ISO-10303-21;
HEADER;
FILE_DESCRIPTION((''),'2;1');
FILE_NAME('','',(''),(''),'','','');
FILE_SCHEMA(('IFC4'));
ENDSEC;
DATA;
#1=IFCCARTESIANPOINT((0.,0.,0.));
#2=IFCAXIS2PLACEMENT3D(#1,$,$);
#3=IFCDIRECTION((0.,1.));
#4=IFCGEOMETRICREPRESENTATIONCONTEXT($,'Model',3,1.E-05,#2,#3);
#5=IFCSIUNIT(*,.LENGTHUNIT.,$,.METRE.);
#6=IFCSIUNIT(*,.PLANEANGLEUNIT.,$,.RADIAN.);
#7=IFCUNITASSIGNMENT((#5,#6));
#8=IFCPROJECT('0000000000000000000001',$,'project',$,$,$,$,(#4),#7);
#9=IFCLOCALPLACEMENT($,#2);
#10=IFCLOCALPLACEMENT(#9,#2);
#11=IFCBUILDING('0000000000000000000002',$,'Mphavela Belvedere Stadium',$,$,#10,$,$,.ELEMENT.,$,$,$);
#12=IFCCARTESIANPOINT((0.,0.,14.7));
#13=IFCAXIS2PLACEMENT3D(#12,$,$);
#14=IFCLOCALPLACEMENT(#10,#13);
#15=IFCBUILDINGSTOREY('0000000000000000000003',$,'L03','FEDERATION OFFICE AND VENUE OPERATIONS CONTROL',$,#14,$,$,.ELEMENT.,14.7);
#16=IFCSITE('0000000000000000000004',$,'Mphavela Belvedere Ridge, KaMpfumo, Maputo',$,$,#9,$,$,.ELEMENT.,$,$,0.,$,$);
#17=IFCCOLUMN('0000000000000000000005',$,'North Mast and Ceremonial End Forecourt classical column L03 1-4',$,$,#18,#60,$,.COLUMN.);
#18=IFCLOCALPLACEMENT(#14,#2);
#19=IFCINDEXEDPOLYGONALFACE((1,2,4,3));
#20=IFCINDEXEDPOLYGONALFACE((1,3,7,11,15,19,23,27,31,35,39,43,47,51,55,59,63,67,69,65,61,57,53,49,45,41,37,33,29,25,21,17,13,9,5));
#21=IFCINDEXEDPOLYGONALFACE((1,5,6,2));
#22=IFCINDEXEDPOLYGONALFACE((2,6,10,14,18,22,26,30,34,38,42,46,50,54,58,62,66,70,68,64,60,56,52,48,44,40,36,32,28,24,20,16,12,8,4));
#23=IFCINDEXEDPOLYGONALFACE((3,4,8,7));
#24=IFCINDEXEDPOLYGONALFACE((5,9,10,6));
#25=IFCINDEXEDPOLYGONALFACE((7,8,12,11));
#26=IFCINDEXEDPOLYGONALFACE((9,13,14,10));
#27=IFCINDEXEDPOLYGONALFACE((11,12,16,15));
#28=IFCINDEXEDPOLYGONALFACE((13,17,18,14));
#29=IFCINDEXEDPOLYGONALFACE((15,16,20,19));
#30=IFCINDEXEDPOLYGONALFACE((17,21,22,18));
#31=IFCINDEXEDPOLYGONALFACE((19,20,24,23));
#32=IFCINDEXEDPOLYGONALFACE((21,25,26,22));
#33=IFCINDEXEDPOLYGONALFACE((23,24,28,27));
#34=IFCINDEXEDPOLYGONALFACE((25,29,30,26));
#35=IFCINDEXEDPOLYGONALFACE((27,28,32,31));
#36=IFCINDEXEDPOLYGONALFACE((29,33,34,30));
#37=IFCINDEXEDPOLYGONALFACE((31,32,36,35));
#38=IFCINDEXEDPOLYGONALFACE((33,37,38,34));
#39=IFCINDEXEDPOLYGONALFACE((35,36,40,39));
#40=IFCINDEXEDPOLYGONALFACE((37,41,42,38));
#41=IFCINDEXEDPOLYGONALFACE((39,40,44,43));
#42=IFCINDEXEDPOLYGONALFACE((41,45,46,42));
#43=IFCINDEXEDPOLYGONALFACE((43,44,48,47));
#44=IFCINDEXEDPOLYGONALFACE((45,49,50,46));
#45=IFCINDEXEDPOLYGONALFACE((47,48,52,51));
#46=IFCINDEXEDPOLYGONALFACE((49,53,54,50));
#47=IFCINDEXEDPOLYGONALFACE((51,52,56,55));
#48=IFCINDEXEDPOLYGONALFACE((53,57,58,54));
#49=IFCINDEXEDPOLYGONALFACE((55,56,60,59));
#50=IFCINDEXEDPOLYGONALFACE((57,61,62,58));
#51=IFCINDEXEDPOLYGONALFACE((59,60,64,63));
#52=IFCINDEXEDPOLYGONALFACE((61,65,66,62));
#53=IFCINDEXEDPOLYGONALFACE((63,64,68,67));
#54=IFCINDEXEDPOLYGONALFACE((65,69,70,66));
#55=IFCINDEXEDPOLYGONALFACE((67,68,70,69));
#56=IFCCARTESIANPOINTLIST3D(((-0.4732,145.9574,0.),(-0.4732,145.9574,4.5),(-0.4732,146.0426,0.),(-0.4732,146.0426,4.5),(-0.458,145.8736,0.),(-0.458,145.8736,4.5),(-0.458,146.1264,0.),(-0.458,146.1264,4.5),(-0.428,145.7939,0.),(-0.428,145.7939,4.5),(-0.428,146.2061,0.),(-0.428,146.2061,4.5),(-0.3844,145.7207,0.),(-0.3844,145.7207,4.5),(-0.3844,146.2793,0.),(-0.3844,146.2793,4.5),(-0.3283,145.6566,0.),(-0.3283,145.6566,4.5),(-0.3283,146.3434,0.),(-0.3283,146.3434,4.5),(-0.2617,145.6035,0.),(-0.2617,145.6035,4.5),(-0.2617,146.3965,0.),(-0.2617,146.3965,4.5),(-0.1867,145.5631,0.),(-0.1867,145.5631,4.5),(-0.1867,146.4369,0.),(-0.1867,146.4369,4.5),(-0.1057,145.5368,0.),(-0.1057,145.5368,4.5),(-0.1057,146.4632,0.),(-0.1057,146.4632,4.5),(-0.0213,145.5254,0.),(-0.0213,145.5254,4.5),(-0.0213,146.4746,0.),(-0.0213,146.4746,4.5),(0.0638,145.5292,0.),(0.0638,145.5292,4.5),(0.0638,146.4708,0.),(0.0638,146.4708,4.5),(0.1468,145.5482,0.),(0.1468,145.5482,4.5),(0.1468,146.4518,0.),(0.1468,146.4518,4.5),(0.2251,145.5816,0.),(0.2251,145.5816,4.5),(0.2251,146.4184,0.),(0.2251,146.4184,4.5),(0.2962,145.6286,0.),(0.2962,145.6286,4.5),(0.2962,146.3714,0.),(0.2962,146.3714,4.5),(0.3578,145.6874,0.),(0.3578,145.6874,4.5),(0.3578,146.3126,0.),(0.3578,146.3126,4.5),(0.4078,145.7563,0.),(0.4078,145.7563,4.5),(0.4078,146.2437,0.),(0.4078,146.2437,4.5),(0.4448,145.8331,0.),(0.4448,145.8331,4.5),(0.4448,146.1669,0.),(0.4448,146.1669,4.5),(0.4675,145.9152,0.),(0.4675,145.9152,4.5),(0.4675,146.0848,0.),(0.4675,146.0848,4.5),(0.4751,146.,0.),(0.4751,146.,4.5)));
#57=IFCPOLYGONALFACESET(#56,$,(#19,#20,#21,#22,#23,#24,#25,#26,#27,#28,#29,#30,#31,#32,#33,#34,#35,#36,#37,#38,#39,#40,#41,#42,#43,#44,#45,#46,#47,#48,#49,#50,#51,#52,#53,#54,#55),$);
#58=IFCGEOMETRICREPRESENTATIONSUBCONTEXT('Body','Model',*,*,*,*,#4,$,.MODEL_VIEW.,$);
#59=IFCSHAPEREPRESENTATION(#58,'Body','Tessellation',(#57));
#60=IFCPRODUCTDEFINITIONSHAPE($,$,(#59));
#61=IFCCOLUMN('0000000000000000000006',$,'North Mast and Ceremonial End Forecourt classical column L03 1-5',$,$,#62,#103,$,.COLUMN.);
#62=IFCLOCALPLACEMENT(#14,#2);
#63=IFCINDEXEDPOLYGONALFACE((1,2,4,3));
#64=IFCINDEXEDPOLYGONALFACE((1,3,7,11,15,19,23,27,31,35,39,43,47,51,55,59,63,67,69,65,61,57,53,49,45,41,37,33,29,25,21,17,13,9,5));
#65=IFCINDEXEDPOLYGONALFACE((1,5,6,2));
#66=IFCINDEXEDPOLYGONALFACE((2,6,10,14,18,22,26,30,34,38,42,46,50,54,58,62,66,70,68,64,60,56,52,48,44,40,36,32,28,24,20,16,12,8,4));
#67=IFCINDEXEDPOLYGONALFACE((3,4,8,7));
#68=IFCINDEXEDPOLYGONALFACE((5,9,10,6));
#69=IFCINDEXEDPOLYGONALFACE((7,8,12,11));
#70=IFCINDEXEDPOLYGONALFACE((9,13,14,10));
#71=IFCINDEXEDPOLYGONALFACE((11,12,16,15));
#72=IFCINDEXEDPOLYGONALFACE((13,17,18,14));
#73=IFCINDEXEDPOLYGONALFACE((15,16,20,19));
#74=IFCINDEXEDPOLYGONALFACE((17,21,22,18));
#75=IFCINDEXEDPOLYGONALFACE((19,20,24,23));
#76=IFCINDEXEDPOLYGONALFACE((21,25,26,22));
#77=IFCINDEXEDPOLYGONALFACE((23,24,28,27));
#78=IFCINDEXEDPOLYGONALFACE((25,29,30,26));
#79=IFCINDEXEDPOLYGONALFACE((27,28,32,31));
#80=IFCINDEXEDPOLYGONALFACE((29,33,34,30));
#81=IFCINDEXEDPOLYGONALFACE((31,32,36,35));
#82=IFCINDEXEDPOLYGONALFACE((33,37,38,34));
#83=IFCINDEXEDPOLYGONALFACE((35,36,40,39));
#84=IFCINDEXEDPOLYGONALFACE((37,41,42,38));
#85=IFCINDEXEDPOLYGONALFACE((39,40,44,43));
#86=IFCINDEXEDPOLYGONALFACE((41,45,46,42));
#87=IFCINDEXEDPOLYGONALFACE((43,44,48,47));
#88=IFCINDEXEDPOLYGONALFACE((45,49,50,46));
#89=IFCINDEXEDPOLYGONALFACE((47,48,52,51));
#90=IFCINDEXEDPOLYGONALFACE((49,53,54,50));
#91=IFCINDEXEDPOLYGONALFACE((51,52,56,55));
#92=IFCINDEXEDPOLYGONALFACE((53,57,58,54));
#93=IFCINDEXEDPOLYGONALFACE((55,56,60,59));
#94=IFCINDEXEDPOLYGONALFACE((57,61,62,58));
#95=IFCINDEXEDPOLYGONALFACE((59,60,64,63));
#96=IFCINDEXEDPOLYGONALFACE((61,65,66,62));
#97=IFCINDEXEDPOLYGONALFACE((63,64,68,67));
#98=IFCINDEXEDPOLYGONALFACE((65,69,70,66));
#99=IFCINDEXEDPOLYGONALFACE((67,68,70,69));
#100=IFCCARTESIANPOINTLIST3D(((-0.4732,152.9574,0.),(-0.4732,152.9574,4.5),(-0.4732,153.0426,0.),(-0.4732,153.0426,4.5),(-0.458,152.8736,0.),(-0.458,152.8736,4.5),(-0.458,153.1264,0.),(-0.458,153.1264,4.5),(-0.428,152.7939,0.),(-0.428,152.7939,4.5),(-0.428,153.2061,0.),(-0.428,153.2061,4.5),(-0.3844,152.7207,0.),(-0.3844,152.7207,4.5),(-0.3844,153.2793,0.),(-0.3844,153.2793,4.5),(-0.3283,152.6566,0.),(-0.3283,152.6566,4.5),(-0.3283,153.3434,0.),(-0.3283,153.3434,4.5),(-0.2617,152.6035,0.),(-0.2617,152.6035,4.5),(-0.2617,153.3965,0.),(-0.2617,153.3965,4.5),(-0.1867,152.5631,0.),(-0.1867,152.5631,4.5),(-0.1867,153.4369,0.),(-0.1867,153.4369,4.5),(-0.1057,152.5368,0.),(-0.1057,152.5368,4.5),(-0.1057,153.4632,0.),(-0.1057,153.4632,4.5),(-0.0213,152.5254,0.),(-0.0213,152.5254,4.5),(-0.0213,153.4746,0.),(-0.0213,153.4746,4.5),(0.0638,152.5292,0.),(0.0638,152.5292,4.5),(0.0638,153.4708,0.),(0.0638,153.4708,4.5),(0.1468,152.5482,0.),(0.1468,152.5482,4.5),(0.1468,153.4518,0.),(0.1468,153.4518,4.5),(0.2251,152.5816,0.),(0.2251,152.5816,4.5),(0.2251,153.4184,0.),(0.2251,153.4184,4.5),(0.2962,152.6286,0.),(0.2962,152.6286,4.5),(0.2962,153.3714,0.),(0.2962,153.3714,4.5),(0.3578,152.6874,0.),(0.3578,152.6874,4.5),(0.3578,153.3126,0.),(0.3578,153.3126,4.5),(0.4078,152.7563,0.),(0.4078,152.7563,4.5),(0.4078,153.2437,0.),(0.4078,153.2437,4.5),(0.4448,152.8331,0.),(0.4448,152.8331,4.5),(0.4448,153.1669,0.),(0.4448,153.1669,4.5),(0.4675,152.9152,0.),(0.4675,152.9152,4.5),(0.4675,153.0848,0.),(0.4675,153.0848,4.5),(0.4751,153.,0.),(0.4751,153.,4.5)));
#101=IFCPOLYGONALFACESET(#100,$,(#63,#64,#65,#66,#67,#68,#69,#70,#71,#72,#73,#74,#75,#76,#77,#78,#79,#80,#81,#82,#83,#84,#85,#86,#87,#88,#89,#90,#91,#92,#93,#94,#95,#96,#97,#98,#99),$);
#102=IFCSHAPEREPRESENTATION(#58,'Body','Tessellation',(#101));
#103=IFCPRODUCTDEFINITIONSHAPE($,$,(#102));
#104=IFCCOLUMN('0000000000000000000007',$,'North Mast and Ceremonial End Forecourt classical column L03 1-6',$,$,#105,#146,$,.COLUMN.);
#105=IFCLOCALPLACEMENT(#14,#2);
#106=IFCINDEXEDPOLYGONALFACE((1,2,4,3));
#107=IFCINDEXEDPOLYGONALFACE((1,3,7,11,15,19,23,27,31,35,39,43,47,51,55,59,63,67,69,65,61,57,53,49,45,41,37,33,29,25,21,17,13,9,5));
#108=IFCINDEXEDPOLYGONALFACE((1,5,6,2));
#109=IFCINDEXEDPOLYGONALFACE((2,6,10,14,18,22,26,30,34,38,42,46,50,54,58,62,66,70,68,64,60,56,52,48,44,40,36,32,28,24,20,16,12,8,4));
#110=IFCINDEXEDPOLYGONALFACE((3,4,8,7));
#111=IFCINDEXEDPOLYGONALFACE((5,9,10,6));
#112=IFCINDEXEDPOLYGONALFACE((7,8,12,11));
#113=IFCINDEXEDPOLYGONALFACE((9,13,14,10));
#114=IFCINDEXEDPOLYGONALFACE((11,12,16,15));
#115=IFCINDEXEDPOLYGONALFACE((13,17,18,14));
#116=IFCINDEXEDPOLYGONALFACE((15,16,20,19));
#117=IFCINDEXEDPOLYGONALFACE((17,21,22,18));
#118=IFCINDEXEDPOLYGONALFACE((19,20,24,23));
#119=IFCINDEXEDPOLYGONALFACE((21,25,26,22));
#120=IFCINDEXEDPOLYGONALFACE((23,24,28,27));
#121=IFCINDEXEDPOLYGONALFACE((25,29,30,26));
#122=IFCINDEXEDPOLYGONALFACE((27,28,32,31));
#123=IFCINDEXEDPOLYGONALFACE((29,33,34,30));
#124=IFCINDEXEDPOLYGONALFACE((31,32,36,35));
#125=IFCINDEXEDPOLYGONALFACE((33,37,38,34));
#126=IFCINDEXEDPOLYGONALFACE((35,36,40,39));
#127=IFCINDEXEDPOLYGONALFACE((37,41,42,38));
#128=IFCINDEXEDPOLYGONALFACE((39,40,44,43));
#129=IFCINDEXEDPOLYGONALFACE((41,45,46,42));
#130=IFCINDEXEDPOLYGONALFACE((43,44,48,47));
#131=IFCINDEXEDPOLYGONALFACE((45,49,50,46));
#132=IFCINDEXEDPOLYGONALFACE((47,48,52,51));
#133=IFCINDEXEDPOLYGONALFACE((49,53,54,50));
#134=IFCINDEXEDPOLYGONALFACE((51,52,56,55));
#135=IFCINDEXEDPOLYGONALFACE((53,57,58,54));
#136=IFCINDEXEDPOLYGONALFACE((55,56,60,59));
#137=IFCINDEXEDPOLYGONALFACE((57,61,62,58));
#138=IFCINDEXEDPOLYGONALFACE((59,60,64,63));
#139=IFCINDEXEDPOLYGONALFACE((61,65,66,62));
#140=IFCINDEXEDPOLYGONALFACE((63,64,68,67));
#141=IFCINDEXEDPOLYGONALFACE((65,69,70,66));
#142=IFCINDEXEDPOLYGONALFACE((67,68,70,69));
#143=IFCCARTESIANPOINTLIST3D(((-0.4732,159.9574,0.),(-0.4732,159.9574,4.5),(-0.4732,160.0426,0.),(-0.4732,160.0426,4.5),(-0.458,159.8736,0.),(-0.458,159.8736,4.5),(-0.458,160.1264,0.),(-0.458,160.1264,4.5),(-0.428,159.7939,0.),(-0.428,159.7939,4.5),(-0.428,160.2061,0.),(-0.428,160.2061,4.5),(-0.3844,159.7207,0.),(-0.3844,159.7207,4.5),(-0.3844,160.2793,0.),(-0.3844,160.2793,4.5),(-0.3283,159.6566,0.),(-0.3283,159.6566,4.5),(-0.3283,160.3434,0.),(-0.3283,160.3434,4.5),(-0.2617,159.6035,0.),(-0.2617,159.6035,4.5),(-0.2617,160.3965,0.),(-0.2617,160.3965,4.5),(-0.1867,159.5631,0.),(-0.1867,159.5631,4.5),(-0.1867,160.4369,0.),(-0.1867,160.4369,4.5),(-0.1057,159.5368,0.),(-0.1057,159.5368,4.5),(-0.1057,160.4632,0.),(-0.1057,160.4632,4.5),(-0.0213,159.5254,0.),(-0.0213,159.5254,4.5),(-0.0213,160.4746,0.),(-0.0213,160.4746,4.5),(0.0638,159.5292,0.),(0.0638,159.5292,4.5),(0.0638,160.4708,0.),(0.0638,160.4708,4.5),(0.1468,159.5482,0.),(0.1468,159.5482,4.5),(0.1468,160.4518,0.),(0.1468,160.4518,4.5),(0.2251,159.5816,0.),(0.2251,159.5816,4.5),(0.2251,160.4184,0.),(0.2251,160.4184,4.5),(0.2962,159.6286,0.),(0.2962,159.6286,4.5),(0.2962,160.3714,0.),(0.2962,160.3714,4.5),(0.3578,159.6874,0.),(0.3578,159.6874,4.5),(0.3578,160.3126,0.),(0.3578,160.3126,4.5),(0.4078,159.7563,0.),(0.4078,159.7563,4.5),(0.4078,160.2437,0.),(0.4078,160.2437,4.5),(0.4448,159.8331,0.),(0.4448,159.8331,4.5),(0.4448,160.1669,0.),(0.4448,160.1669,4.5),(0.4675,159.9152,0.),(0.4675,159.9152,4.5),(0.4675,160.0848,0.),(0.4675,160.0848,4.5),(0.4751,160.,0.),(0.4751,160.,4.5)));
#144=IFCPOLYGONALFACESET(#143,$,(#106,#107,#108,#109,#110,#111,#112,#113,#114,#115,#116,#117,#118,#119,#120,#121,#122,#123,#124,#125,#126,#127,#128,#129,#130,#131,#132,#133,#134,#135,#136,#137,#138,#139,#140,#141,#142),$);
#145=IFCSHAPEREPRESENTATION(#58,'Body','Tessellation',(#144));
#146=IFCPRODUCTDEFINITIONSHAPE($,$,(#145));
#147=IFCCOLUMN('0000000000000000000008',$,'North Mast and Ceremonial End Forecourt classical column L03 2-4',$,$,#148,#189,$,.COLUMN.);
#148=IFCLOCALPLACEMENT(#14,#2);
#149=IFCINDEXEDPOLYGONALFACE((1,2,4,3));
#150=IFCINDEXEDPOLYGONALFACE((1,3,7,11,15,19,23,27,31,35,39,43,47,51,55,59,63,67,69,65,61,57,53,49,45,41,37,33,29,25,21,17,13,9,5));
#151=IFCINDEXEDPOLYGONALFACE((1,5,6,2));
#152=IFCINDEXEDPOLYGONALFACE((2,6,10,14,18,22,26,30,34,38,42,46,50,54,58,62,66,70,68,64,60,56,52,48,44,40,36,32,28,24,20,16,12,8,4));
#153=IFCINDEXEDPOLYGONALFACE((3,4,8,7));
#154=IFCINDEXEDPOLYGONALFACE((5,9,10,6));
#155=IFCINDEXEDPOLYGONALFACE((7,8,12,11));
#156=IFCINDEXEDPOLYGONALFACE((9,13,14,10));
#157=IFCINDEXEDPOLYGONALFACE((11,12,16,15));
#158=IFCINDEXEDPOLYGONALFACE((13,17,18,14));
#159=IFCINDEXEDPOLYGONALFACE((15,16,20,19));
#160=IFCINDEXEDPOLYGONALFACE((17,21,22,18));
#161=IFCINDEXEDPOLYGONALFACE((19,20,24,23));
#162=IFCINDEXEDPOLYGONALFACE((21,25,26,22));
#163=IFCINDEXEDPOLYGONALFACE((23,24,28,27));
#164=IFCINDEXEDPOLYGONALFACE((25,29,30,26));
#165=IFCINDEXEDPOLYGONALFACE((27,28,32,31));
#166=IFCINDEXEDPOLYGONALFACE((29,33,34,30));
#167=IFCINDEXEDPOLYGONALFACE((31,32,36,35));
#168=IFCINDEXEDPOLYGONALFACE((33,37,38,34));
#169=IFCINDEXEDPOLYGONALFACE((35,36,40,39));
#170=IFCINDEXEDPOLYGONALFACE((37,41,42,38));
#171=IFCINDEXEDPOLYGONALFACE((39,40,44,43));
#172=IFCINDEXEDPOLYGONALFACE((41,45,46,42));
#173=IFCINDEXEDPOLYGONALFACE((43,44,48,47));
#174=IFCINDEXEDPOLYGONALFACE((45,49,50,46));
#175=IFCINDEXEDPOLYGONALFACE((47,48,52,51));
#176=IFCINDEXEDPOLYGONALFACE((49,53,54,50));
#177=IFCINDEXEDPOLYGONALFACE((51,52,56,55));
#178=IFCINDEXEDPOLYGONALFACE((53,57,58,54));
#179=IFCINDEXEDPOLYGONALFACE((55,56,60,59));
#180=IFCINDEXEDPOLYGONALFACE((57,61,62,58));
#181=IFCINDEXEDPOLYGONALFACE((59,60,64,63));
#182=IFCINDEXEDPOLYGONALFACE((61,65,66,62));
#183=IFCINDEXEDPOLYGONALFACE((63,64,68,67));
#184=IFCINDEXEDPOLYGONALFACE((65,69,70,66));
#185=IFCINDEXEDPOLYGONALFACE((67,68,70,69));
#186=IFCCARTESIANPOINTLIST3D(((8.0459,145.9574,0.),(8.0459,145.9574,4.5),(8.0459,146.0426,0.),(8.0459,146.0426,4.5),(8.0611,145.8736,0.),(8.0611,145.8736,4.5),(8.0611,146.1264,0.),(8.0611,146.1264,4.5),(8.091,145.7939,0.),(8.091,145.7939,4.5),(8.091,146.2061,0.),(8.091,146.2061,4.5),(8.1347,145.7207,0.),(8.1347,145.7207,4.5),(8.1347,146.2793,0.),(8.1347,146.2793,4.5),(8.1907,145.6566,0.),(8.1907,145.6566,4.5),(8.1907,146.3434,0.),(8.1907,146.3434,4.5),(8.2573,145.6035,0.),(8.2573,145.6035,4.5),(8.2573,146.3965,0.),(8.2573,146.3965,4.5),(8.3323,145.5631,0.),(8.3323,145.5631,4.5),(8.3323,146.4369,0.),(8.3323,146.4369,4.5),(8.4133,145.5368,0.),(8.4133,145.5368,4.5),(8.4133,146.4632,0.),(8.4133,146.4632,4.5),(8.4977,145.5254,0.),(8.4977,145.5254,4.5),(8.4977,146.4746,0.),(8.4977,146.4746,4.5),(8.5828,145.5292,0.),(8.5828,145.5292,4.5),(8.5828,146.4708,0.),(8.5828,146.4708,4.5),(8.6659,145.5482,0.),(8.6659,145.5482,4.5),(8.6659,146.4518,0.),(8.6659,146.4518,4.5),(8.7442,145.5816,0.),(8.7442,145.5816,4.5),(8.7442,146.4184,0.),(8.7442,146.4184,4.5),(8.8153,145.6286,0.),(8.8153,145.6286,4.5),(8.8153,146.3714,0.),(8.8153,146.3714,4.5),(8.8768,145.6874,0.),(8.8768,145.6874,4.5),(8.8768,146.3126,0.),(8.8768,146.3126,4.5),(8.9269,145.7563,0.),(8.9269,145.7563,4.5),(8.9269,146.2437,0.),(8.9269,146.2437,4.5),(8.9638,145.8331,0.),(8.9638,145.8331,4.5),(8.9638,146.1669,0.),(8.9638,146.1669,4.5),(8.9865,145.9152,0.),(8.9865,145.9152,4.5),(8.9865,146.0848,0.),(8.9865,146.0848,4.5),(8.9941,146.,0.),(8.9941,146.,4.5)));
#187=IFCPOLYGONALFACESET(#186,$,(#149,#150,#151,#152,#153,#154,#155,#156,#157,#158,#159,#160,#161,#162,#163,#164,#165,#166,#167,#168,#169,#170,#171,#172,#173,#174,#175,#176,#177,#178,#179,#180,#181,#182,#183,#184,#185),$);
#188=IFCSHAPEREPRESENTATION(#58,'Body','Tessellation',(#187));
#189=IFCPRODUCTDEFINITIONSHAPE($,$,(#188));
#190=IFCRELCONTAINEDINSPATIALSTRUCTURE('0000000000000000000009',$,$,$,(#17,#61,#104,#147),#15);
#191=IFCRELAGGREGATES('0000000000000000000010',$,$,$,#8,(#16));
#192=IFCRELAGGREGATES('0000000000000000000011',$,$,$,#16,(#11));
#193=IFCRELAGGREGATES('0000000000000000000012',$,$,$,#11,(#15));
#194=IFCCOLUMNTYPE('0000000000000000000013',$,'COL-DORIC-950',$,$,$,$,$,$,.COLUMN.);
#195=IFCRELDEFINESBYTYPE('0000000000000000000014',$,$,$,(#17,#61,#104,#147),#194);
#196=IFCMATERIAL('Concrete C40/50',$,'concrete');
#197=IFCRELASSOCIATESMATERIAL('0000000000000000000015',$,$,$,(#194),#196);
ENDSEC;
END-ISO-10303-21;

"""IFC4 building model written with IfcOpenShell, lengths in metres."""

from ifc_helpers import new_model, si_unit, direction, frame, origin, origin_2d, place, context, subcontext, project, spatial, circle, extrude, material, material_profile, profile_set, type_object, element, save


model = new_model("IFC4")

# Units and contexts
model_context = context("Model", 3, precision=1e-05, world=origin(), true_north=direction((0.0, 1.0)))
body_context = subcontext(model_context, "Body", "Model", "MODEL_VIEW")
ifc_project = project(units=[si_unit("LENGTHUNIT", "METRE"), si_unit("PLANEANGLEUNIT", "RADIAN")], contexts=[model_context])

# Site, building, storey
site_placement = place(None, origin())
site = spatial("IfcSite", under=ifc_project, at=site_placement, Name="Mphavela Belvedere Ridge, KaMpfumo, Maputo", CompositionType="ELEMENT", RefElevation=0.0)
building_placement = place(site_placement, origin())
building = spatial("IfcBuilding", under=site, at=building_placement, Name="Mphavela Belvedere Stadium", CompositionType="ELEMENT")
storey_placement = place(building_placement, frame((0.0, 0.0, 14.7)))
storey = spatial("IfcBuildingStorey", under=building, at=storey_placement, Name="L03", Description="FEDERATION OFFICE AND VENUE OPERATIONS CONTROL", CompositionType="ELEMENT", Elevation=14.7)

# Columns
ifc_material_1 = material(Name="Concrete C40/50", Category="concrete")
ifc_material_profile_1 = material_profile(ifc_material_1, circle(Radius=0.4751, at=origin_2d()), Name="COL D950")
ifc_profile_set_1 = profile_set([ifc_material_profile_1], Name="Concrete C40/50")
column_type = type_object("IfcColumnType", Name="COL-DORIC-950", PredefinedType="COLUMN", material=ifc_profile_set_1)
for number, where, z_axis, x_axis, name in (
    (1, (0.0, 146.0, 0.0), (0.0, 0.0, 1.0), (1.0, 0.0, 0.0), "North Mast and Ceremonial End Forecourt classical column L03 1-4"),
    (2, (0.0, 153.0, 0.0), (0.0, 0.0, 1.0), (1.0, 0.0, 0.0), "North Mast and Ceremonial End Forecourt classical column L03 1-5"),
    (3, (0.0, 160.0, 0.0), (0.0, 0.0, 1.0), (1.0, 0.0, 0.0), "North Mast and Ceremonial End Forecourt classical column L03 1-6"),
    (4, (8.519, 146.0, 0.0), (0.0, 0.0, 1.0), (1.0, 0.0, 0.0), "North Mast and Ceremonial End Forecourt classical column L03 2-4"),
):
    element("IfcColumn", number, at=place(storey_placement, frame(where, z_axis=z_axis, x_axis=x_axis)), inside=storey, type_object=column_type, Name=name, PredefinedType="COLUMN", context=body_context, shape_type="SweptSolid", body=[
        extrude(circle(Radius=0.4751, at=origin_2d()), origin(), (0.0, 0.0, 1.0), 4.5),
    ])

save(model, "model.ifc")
